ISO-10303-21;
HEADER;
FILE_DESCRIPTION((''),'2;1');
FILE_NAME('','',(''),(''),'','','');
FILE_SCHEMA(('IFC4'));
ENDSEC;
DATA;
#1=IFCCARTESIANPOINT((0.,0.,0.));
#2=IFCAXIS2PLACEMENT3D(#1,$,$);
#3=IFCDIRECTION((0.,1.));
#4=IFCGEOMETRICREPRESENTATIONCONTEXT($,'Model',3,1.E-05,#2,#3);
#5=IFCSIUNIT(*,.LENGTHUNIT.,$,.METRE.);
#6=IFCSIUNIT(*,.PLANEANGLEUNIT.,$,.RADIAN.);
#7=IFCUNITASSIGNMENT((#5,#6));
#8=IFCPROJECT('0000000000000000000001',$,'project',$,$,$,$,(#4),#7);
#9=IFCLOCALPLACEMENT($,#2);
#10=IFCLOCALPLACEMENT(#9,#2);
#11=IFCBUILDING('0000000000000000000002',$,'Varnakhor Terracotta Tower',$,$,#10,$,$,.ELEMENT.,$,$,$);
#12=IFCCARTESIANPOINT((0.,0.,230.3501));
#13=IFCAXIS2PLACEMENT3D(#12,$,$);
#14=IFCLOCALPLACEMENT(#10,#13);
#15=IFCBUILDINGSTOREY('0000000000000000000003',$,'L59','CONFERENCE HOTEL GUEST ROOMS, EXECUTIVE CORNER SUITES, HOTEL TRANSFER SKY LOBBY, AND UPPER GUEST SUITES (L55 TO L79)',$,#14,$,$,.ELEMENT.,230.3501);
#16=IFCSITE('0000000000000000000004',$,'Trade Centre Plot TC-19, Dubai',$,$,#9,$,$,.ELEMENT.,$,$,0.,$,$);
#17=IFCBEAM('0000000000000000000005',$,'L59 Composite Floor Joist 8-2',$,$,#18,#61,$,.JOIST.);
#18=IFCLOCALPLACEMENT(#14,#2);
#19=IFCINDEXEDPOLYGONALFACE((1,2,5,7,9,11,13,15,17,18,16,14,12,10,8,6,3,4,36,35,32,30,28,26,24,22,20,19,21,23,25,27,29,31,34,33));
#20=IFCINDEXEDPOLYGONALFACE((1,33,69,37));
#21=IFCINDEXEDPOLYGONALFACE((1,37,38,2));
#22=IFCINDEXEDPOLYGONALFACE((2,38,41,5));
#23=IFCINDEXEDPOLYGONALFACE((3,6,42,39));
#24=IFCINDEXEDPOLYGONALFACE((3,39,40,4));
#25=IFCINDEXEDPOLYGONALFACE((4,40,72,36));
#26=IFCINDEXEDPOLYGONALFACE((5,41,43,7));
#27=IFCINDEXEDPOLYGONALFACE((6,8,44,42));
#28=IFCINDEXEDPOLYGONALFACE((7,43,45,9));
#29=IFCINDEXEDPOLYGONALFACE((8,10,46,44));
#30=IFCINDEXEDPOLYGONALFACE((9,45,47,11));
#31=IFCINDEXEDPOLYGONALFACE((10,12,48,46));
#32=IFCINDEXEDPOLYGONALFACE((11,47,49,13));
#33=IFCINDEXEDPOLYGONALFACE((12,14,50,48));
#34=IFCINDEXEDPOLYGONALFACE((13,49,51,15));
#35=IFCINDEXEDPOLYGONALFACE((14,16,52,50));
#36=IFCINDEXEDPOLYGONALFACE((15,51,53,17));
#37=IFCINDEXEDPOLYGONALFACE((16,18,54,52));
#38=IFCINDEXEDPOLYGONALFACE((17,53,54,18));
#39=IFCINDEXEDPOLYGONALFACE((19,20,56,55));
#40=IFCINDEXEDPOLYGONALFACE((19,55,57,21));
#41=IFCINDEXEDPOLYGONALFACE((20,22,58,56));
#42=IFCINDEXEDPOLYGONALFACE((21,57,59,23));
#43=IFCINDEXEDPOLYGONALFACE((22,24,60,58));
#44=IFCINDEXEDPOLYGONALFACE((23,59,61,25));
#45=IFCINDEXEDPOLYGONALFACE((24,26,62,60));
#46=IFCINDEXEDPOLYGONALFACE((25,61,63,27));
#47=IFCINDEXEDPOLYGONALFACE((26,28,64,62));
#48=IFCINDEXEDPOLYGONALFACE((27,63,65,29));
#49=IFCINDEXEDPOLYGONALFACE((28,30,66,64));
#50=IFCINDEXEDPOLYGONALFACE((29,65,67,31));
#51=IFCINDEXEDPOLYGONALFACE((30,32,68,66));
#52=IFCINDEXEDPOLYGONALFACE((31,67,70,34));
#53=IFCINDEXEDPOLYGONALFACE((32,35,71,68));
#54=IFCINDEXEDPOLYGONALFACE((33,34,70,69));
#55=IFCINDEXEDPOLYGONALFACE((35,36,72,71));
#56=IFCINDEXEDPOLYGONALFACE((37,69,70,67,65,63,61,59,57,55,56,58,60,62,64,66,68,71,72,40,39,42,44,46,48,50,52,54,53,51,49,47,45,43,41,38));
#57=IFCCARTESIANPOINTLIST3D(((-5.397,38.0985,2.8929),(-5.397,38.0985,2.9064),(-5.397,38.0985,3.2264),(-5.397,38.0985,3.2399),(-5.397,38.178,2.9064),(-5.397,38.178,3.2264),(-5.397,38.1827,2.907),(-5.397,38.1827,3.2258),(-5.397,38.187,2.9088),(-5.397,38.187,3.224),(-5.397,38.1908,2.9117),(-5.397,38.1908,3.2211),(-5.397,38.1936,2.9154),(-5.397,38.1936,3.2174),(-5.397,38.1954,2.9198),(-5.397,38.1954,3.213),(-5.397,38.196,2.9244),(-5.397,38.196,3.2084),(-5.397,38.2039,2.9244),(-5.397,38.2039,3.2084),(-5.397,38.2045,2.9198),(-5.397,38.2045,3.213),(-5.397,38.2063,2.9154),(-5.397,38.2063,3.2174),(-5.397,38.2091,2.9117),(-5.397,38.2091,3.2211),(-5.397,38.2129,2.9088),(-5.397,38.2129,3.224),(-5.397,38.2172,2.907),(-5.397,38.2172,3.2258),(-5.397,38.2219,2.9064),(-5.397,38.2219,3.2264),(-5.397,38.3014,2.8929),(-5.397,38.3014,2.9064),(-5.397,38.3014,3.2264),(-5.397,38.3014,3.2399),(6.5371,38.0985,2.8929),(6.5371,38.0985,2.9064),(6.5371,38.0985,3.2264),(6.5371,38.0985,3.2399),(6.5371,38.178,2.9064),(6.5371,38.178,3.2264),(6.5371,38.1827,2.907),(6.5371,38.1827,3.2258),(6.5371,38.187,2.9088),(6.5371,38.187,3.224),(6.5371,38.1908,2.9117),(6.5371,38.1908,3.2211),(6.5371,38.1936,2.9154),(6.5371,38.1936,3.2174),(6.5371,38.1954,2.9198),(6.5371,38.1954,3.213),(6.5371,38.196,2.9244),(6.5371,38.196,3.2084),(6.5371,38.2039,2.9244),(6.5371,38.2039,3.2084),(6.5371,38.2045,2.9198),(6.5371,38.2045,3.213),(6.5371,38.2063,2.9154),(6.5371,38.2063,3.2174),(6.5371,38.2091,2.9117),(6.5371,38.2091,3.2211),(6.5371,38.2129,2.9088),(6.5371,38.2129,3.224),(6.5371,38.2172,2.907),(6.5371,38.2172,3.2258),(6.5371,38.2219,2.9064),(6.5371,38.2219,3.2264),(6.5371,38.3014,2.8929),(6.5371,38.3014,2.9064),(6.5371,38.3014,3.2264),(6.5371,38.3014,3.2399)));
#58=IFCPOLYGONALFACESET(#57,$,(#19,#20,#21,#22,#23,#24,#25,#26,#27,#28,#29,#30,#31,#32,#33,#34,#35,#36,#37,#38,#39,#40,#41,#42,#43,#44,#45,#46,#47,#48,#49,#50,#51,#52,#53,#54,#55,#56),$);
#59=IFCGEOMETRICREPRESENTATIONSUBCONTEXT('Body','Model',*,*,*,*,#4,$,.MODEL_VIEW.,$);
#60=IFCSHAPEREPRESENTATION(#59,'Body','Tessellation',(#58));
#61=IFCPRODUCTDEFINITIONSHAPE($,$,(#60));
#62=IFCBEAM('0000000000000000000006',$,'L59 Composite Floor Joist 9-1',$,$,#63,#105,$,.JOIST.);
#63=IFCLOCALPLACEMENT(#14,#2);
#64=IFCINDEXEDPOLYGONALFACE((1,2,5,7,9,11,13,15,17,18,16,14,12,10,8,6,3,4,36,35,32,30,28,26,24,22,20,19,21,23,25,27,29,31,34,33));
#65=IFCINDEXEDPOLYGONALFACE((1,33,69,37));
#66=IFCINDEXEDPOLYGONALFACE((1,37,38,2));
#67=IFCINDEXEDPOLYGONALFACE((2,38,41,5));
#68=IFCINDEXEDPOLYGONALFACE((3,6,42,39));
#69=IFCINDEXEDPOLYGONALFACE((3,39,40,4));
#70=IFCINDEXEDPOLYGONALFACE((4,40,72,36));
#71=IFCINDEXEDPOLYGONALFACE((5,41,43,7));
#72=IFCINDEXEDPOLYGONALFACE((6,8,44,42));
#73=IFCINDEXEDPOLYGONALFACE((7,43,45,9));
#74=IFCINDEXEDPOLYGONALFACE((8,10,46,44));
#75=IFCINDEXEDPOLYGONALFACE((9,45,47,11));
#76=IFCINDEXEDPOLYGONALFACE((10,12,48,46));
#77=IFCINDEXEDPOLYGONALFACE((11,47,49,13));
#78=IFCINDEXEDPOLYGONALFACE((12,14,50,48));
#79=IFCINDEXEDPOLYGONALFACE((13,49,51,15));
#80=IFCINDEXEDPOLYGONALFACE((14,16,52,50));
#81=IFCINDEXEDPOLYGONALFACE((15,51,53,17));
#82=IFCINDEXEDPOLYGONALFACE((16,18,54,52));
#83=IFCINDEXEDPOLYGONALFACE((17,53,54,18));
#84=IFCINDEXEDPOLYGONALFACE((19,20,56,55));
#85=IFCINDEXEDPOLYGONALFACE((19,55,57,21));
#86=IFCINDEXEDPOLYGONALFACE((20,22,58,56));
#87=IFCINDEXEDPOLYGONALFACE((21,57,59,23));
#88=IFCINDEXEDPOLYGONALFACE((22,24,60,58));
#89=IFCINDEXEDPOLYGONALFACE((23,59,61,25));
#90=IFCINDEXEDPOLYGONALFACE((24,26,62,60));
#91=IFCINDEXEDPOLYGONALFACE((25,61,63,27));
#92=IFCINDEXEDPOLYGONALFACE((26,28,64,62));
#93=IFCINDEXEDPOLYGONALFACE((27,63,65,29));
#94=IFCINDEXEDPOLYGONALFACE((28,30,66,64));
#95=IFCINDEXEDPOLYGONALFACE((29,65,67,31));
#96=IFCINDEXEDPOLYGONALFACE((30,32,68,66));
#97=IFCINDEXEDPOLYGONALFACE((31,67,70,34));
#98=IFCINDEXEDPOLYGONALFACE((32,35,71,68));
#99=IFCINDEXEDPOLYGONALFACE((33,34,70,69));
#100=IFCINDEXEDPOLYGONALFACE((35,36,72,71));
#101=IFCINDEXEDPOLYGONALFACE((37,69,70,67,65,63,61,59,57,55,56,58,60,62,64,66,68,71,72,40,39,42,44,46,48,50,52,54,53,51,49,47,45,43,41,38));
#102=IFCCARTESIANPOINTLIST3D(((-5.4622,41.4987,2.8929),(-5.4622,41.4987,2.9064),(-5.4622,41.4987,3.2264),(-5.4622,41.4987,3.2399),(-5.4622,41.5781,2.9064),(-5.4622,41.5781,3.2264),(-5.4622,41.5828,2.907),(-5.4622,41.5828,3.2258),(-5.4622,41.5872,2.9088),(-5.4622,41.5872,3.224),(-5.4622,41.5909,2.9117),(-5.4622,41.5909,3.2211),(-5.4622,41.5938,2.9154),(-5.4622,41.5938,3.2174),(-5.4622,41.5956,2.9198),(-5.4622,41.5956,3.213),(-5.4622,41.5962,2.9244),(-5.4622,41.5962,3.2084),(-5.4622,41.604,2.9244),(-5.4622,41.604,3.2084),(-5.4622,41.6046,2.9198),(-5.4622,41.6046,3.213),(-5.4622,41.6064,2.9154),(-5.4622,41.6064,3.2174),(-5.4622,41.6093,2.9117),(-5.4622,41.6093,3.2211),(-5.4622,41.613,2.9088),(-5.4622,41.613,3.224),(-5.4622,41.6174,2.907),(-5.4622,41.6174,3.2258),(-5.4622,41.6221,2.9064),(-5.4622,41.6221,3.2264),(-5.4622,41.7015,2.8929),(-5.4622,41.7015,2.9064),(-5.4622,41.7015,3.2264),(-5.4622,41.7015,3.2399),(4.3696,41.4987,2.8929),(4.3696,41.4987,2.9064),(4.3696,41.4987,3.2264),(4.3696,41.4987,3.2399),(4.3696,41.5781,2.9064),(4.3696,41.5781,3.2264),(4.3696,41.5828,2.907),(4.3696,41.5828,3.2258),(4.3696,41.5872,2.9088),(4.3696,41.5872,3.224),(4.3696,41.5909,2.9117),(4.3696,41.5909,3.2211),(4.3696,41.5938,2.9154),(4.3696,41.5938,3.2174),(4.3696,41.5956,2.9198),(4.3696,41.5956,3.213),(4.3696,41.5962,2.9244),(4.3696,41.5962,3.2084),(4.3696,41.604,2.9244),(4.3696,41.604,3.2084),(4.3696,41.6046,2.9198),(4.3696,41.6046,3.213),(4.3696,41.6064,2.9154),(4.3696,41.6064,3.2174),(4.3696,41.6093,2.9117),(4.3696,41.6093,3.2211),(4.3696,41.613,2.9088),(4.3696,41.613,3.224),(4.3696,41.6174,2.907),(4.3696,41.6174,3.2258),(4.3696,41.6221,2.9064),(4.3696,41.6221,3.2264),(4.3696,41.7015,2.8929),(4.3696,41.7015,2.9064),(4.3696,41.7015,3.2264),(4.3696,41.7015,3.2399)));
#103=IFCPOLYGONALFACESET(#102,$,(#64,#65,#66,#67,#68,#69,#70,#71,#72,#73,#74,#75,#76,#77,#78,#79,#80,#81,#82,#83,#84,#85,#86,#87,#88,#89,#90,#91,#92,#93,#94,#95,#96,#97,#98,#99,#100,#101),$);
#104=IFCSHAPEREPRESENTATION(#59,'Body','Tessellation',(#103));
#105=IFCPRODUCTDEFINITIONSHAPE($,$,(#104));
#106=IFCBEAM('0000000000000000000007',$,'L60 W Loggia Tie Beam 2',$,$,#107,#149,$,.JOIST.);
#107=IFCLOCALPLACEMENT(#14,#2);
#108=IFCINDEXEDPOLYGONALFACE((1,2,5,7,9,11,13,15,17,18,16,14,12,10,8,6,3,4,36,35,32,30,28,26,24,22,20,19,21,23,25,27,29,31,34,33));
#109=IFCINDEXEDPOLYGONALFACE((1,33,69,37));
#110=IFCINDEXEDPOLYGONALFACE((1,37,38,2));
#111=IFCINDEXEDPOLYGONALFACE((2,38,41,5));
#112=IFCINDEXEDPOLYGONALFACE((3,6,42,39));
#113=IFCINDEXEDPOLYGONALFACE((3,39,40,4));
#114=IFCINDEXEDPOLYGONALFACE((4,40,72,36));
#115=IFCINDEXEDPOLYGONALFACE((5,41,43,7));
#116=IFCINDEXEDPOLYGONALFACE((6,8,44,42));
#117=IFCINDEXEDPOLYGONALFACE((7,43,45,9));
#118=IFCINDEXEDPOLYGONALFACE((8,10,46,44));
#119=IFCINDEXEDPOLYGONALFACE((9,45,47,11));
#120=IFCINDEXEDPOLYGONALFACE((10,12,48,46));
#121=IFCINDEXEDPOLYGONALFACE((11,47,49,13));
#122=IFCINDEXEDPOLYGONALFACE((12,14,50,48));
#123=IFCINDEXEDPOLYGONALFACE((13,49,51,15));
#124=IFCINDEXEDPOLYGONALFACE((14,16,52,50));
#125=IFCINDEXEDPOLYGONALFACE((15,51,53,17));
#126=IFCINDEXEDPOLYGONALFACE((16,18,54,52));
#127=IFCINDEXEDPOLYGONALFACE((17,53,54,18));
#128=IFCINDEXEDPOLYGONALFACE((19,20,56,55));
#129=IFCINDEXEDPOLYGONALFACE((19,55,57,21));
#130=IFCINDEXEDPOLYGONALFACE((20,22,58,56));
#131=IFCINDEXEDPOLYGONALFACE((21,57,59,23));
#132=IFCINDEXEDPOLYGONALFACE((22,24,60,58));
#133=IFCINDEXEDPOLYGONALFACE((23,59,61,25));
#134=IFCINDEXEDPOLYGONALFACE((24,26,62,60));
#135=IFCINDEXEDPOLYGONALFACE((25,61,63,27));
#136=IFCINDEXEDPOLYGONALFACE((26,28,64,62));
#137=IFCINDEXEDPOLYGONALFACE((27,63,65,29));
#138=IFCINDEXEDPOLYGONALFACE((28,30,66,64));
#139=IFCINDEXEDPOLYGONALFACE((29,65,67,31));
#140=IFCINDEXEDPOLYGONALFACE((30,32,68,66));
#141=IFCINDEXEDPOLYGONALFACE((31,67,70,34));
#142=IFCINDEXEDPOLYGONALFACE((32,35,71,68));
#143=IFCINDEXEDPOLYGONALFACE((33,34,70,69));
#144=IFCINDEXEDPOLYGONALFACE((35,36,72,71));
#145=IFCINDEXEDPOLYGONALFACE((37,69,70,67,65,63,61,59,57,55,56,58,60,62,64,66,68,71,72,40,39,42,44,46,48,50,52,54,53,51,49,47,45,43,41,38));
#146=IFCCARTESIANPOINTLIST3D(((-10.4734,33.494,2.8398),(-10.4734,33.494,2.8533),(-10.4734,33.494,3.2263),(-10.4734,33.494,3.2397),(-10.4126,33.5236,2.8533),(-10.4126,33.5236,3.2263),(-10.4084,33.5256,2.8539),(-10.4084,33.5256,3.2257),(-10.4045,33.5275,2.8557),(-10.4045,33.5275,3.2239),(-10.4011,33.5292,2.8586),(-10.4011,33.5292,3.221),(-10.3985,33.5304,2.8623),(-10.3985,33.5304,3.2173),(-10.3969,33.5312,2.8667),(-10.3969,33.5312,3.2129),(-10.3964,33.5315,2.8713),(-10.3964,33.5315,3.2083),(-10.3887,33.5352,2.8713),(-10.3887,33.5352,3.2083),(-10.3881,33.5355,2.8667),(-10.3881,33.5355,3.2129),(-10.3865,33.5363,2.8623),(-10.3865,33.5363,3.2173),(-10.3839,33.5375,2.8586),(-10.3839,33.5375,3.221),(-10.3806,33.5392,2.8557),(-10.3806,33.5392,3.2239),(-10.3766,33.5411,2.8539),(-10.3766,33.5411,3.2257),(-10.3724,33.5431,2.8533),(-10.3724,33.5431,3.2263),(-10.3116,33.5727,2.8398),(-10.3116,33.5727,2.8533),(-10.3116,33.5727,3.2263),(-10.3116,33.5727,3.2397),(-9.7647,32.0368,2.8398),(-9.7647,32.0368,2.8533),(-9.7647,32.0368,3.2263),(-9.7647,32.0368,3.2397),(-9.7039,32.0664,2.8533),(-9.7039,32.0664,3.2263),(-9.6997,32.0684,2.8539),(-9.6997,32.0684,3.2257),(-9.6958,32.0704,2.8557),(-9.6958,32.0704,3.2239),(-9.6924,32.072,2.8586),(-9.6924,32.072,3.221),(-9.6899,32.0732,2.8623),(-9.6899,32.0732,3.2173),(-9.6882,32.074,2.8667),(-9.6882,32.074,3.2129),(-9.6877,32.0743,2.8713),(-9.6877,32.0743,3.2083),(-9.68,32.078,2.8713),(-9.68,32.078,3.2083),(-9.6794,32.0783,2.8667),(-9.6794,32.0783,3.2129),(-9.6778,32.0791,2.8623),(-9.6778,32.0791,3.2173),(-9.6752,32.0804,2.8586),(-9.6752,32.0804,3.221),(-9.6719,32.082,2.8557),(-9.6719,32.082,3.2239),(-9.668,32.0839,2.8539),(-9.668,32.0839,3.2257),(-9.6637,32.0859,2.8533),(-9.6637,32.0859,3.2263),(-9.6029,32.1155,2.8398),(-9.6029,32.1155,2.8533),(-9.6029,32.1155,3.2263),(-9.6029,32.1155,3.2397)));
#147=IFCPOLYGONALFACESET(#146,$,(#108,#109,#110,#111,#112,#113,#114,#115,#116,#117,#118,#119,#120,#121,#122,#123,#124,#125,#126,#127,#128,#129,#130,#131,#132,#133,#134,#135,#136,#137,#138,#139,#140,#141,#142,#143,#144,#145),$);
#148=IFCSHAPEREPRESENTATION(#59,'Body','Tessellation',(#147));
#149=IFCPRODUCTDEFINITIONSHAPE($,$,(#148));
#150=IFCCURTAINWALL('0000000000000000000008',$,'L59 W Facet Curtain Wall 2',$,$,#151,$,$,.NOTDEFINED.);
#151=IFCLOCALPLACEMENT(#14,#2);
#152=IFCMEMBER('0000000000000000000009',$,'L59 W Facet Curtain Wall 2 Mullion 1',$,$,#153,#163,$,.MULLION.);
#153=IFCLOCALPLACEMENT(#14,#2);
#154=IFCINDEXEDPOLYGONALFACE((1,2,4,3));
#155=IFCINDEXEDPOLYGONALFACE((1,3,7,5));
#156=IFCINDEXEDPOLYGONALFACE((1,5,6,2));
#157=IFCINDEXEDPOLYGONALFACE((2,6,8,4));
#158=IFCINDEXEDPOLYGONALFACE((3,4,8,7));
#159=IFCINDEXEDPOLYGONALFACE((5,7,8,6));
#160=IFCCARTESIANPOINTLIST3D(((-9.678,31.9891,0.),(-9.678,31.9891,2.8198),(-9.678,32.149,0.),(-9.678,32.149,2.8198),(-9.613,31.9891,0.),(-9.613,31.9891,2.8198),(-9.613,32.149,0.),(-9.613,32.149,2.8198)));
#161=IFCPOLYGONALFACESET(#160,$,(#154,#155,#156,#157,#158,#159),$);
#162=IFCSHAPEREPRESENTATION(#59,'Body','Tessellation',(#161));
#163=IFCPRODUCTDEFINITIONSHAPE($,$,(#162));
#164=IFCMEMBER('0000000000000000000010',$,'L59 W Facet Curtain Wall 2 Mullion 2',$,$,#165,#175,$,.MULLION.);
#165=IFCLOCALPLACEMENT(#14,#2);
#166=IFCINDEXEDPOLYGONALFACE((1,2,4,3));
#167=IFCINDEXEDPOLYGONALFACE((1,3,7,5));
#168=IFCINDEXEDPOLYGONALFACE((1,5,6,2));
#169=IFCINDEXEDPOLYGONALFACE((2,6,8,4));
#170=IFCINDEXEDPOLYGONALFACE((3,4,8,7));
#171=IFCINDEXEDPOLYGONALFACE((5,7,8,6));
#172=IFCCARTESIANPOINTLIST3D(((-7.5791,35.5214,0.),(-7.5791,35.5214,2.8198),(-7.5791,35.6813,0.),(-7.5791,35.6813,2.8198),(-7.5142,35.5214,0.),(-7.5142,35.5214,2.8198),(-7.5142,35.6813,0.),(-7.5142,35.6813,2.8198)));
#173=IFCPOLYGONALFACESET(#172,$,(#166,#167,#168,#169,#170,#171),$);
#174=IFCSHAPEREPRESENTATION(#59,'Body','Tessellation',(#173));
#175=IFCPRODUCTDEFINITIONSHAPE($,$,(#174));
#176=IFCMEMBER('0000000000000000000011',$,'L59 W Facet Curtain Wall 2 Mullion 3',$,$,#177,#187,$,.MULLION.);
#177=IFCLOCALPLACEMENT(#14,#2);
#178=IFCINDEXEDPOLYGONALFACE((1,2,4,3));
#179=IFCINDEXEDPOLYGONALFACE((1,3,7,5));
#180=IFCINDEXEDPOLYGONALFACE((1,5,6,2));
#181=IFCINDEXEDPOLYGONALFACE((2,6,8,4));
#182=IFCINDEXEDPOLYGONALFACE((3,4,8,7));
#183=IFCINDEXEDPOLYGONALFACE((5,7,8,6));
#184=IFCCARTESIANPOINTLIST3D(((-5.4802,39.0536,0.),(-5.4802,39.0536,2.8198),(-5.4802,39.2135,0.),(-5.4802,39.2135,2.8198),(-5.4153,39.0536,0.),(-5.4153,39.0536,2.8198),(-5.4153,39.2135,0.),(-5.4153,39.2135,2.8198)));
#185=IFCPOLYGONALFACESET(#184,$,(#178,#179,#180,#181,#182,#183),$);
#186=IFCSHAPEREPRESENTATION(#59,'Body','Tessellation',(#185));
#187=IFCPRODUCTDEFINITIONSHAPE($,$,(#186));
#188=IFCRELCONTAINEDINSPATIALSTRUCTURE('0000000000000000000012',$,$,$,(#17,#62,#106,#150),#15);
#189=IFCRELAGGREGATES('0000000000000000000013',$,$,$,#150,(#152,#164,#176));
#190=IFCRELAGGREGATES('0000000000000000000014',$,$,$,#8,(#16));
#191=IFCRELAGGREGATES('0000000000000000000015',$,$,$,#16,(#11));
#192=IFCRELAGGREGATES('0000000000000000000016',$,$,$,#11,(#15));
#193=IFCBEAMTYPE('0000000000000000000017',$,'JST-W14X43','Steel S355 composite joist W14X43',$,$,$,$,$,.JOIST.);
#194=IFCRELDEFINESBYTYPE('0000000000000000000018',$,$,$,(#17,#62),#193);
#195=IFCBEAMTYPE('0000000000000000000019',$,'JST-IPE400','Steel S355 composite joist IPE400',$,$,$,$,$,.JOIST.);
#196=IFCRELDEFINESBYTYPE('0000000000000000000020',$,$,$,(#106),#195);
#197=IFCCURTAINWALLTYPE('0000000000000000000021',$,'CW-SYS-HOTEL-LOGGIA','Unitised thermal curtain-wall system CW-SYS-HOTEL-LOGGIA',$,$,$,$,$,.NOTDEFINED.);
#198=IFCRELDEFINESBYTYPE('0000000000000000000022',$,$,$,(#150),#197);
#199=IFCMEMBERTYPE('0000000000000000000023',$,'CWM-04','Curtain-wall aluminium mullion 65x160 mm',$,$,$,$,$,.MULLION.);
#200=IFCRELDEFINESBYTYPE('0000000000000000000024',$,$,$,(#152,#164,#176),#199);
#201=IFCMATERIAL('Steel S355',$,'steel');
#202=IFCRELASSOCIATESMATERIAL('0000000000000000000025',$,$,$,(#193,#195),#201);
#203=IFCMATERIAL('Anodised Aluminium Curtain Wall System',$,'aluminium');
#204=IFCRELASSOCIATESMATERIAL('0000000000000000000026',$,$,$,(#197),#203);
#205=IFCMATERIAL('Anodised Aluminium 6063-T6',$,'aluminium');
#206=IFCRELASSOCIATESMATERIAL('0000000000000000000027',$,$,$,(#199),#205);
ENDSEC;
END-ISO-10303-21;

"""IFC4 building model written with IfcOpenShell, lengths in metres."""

from ifc_helpers import new_model, si_unit, direction, frame, origin, origin_2d, place, context, subcontext, project, spatial, rectangle, i_section, extrude, source, transform, mapped, material, material_profile, profile_set, type_object, element, aggregate, save


model = new_model("IFC4")

# Units and contexts
model_context = context("Model", 3, precision=1e-05, world=origin(), true_north=direction((0.0, 1.0)))
body_context = subcontext(model_context, "Body", "Model", "MODEL_VIEW")
ifc_project = project(units=[si_unit("LENGTHUNIT", "METRE"), si_unit("PLANEANGLEUNIT", "RADIAN")], contexts=[model_context])

# Site, building, storey
site_placement = place(None, origin())
site = spatial("IfcSite", under=ifc_project, at=site_placement, Name="Trade Centre Plot TC-19, Dubai", CompositionType="ELEMENT", RefElevation=0.0)
building_placement = place(site_placement, origin())
building = spatial("IfcBuilding", under=site, at=building_placement, Name="Varnakhor Terracotta Tower", CompositionType="ELEMENT")
storey_placement = place(building_placement, frame((0.0, 0.0, 230.3501)))
storey = spatial("IfcBuildingStorey", under=building, at=storey_placement, Name="L59", Description="CONFERENCE HOTEL GUEST ROOMS, EXECUTIVE CORNER SUITES, HOTEL TRANSFER SKY LOBBY, AND UPPER GUEST SUITES (L55 TO L79)", CompositionType="ELEMENT", Elevation=230.3501)

# Beams
ifc_material_1 = material(Name="Steel S355", Category="steel")
ifc_material_profile_1 = material_profile(ifc_material_1, i_section(OverallWidth=0.2029, OverallDepth=0.3469, WebThickness=0.0078, FlangeThickness=0.0134, FilletRadius=0.0181, at=origin_2d()), Name="W14X43")
ifc_profile_set_1 = profile_set([ifc_material_profile_1], Name="Steel S355")
beam_type_1 = type_object("IfcBeamType", Name="JST-W14X43", Description="Steel S355 composite joist W14X43", PredefinedType="JOIST", material=ifc_profile_set_1)
ifc_material_profile_2 = material_profile(ifc_material_1, i_section(OverallWidth=0.1799, OverallDepth=0.3999, WebThickness=0.0085, FlangeThickness=0.0134, FilletRadius=0.0181, at=origin_2d()), Name="IPE400")
ifc_profile_set_2 = profile_set([ifc_material_profile_2], Name="Steel S355")
beam_type_2 = type_object("IfcBeamType", Name="JST-IPE400", Description="Steel S355 composite joist IPE400", PredefinedType="JOIST", material=ifc_profile_set_2)
shared_shape_1 = source(origin(), body_context, "Body", "SweptSolid", [
    extrude(i_section(OverallWidth=0.2029, OverallDepth=0.3469, WebThickness=0.0078, FlangeThickness=0.0134, FilletRadius=0.0181, at=origin_2d()), origin(), (0.0, 0.0, 1.0), 11.9341),
])
beam_1_placement = place(storey_placement, frame((-5.397, 38.2, 3.0664), z_axis=(1.0, 0.0, 0.0), x_axis=(0.0, 1.0, 0.0)))
element("IfcBeam", 1, at=beam_1_placement, inside=storey, type_object=beam_type_1, Name="L59 Composite Floor Joist 8-2", PredefinedType="JOIST", context=body_context, shape_type="MappedRepresentation", body=[
    mapped(shared_shape_1, transform((0.0, 0.0, 0.0), scale=1.0)),
])
shared_shape_2 = source(origin(), body_context, "Body", "SweptSolid", [
    extrude(i_section(OverallWidth=0.2029, OverallDepth=0.3469, WebThickness=0.0078, FlangeThickness=0.0134, FilletRadius=0.0181, at=origin_2d()), origin(), (0.0, 0.0, 1.0), 9.8318),
])
beam_2_placement = place(storey_placement, frame((-5.4622, 41.6001, 3.0664), z_axis=(1.0, 0.0, 0.0), x_axis=(0.0, 1.0, 0.0)))
element("IfcBeam", 2, at=beam_2_placement, inside=storey, type_object=beam_type_1, Name="L59 Composite Floor Joist 9-1", PredefinedType="JOIST", context=body_context, shape_type="MappedRepresentation", body=[
    mapped(shared_shape_2, transform((0.0, 0.0, 0.0), scale=1.0)),
])
shared_shape_3 = source(origin(), body_context, "Body", "SweptSolid", [
    extrude(i_section(OverallWidth=0.1799, OverallDepth=0.3999, WebThickness=0.0085, FlangeThickness=0.0134, FilletRadius=0.0181, at=origin_2d()), origin(), (0.0, 0.0, 1.0), 1.6204),
])
beam_3_placement = place(storey_placement, frame((-9.6838, 32.0762, 3.0398), z_axis=(-0.437364, 0.899285, 0.0), x_axis=(-0.899285, -0.437364, 0.0)))
element("IfcBeam", 3, at=beam_3_placement, inside=storey, type_object=beam_type_2, Name="L60 W Loggia Tie Beam 2", PredefinedType="JOIST", context=body_context, shape_type="MappedRepresentation", body=[
    mapped(shared_shape_3, transform((0.0, 0.0, 0.0), scale=1.0)),
])

# Curtain wall, members
ifc_material_2 = material(Name="Anodised Aluminium Curtain Wall System", Category="aluminium")
curtain_wall_type = type_object("IfcCurtainWallType", Name="CW-SYS-HOTEL-LOGGIA", Description="Unitised thermal curtain-wall system CW-SYS-HOTEL-LOGGIA", PredefinedType="NOTDEFINED", material=ifc_material_2)
curtain_wall_placement = place(storey_placement, origin())
curtain_wall = element("IfcCurtainWall", 4, at=curtain_wall_placement, inside=storey, type_object=curtain_wall_type, Name="L59 W Facet Curtain Wall 2", PredefinedType="NOTDEFINED")
ifc_material_3 = material(Name="Anodised Aluminium 6063-T6", Category="aluminium")
ifc_material_profile_3 = material_profile(ifc_material_3, rectangle(XDim=0.0649, YDim=0.1599, at=origin_2d()), Name="ALU MULLION 65x160")
ifc_profile_set_3 = profile_set([ifc_material_profile_3], Name="Anodised Aluminium 6063-T6")
member_type_1 = type_object("IfcMemberType", Name="CWM-04", Description="Curtain-wall aluminium mullion 65x160 mm", PredefinedType="MULLION", material=ifc_profile_set_3)
shared_shape_4 = source(origin(), body_context, "Body", "SweptSolid", [
    extrude(rectangle(XDim=0.0649, YDim=0.1599, at=origin_2d()), origin(), (0.0, 0.0, 1.0), 2.8198),
])
member_1_placement = place(storey_placement, frame((-9.6455, 32.0691, 0.0), z_axis=(0.0, 0.0, 1.0), x_axis=(1.0, 0.0, 0.0)))
member_1 = element("IfcMember", 5, at=member_1_placement, type_object=member_type_1, Name="L59 W Facet Curtain Wall 2 Mullion 1", PredefinedType="MULLION", context=body_context, shape_type="MappedRepresentation", body=[
    mapped(shared_shape_4, transform((0.0, 0.0, 0.0), scale=1.0)),
])
member_2_placement = place(storey_placement, frame((-7.5466, 35.6013, 0.0), z_axis=(0.0, 0.0, 1.0), x_axis=(1.0, 0.0, 0.0)))
member_2 = element("IfcMember", 6, at=member_2_placement, type_object=member_type_1, Name="L59 W Facet Curtain Wall 2 Mullion 2", PredefinedType="MULLION", context=body_context, shape_type="MappedRepresentation", body=[
    mapped(shared_shape_4, transform((0.0, 0.0, 0.0), scale=1.0)),
])
member_3_placement = place(storey_placement, frame((-5.4478, 39.1335, 0.0), z_axis=(0.0, 0.0, 1.0), x_axis=(1.0, 0.0, 0.0)))
member_3 = element("IfcMember", 7, at=member_3_placement, type_object=member_type_1, Name="L59 W Facet Curtain Wall 2 Mullion 3", PredefinedType="MULLION", context=body_context, shape_type="MappedRepresentation", body=[
    mapped(shared_shape_4, transform((0.0, 0.0, 0.0), scale=1.0)),
])
aggregate(curtain_wall, [member_1, member_2, member_3])

save(model, "model.ifc")
